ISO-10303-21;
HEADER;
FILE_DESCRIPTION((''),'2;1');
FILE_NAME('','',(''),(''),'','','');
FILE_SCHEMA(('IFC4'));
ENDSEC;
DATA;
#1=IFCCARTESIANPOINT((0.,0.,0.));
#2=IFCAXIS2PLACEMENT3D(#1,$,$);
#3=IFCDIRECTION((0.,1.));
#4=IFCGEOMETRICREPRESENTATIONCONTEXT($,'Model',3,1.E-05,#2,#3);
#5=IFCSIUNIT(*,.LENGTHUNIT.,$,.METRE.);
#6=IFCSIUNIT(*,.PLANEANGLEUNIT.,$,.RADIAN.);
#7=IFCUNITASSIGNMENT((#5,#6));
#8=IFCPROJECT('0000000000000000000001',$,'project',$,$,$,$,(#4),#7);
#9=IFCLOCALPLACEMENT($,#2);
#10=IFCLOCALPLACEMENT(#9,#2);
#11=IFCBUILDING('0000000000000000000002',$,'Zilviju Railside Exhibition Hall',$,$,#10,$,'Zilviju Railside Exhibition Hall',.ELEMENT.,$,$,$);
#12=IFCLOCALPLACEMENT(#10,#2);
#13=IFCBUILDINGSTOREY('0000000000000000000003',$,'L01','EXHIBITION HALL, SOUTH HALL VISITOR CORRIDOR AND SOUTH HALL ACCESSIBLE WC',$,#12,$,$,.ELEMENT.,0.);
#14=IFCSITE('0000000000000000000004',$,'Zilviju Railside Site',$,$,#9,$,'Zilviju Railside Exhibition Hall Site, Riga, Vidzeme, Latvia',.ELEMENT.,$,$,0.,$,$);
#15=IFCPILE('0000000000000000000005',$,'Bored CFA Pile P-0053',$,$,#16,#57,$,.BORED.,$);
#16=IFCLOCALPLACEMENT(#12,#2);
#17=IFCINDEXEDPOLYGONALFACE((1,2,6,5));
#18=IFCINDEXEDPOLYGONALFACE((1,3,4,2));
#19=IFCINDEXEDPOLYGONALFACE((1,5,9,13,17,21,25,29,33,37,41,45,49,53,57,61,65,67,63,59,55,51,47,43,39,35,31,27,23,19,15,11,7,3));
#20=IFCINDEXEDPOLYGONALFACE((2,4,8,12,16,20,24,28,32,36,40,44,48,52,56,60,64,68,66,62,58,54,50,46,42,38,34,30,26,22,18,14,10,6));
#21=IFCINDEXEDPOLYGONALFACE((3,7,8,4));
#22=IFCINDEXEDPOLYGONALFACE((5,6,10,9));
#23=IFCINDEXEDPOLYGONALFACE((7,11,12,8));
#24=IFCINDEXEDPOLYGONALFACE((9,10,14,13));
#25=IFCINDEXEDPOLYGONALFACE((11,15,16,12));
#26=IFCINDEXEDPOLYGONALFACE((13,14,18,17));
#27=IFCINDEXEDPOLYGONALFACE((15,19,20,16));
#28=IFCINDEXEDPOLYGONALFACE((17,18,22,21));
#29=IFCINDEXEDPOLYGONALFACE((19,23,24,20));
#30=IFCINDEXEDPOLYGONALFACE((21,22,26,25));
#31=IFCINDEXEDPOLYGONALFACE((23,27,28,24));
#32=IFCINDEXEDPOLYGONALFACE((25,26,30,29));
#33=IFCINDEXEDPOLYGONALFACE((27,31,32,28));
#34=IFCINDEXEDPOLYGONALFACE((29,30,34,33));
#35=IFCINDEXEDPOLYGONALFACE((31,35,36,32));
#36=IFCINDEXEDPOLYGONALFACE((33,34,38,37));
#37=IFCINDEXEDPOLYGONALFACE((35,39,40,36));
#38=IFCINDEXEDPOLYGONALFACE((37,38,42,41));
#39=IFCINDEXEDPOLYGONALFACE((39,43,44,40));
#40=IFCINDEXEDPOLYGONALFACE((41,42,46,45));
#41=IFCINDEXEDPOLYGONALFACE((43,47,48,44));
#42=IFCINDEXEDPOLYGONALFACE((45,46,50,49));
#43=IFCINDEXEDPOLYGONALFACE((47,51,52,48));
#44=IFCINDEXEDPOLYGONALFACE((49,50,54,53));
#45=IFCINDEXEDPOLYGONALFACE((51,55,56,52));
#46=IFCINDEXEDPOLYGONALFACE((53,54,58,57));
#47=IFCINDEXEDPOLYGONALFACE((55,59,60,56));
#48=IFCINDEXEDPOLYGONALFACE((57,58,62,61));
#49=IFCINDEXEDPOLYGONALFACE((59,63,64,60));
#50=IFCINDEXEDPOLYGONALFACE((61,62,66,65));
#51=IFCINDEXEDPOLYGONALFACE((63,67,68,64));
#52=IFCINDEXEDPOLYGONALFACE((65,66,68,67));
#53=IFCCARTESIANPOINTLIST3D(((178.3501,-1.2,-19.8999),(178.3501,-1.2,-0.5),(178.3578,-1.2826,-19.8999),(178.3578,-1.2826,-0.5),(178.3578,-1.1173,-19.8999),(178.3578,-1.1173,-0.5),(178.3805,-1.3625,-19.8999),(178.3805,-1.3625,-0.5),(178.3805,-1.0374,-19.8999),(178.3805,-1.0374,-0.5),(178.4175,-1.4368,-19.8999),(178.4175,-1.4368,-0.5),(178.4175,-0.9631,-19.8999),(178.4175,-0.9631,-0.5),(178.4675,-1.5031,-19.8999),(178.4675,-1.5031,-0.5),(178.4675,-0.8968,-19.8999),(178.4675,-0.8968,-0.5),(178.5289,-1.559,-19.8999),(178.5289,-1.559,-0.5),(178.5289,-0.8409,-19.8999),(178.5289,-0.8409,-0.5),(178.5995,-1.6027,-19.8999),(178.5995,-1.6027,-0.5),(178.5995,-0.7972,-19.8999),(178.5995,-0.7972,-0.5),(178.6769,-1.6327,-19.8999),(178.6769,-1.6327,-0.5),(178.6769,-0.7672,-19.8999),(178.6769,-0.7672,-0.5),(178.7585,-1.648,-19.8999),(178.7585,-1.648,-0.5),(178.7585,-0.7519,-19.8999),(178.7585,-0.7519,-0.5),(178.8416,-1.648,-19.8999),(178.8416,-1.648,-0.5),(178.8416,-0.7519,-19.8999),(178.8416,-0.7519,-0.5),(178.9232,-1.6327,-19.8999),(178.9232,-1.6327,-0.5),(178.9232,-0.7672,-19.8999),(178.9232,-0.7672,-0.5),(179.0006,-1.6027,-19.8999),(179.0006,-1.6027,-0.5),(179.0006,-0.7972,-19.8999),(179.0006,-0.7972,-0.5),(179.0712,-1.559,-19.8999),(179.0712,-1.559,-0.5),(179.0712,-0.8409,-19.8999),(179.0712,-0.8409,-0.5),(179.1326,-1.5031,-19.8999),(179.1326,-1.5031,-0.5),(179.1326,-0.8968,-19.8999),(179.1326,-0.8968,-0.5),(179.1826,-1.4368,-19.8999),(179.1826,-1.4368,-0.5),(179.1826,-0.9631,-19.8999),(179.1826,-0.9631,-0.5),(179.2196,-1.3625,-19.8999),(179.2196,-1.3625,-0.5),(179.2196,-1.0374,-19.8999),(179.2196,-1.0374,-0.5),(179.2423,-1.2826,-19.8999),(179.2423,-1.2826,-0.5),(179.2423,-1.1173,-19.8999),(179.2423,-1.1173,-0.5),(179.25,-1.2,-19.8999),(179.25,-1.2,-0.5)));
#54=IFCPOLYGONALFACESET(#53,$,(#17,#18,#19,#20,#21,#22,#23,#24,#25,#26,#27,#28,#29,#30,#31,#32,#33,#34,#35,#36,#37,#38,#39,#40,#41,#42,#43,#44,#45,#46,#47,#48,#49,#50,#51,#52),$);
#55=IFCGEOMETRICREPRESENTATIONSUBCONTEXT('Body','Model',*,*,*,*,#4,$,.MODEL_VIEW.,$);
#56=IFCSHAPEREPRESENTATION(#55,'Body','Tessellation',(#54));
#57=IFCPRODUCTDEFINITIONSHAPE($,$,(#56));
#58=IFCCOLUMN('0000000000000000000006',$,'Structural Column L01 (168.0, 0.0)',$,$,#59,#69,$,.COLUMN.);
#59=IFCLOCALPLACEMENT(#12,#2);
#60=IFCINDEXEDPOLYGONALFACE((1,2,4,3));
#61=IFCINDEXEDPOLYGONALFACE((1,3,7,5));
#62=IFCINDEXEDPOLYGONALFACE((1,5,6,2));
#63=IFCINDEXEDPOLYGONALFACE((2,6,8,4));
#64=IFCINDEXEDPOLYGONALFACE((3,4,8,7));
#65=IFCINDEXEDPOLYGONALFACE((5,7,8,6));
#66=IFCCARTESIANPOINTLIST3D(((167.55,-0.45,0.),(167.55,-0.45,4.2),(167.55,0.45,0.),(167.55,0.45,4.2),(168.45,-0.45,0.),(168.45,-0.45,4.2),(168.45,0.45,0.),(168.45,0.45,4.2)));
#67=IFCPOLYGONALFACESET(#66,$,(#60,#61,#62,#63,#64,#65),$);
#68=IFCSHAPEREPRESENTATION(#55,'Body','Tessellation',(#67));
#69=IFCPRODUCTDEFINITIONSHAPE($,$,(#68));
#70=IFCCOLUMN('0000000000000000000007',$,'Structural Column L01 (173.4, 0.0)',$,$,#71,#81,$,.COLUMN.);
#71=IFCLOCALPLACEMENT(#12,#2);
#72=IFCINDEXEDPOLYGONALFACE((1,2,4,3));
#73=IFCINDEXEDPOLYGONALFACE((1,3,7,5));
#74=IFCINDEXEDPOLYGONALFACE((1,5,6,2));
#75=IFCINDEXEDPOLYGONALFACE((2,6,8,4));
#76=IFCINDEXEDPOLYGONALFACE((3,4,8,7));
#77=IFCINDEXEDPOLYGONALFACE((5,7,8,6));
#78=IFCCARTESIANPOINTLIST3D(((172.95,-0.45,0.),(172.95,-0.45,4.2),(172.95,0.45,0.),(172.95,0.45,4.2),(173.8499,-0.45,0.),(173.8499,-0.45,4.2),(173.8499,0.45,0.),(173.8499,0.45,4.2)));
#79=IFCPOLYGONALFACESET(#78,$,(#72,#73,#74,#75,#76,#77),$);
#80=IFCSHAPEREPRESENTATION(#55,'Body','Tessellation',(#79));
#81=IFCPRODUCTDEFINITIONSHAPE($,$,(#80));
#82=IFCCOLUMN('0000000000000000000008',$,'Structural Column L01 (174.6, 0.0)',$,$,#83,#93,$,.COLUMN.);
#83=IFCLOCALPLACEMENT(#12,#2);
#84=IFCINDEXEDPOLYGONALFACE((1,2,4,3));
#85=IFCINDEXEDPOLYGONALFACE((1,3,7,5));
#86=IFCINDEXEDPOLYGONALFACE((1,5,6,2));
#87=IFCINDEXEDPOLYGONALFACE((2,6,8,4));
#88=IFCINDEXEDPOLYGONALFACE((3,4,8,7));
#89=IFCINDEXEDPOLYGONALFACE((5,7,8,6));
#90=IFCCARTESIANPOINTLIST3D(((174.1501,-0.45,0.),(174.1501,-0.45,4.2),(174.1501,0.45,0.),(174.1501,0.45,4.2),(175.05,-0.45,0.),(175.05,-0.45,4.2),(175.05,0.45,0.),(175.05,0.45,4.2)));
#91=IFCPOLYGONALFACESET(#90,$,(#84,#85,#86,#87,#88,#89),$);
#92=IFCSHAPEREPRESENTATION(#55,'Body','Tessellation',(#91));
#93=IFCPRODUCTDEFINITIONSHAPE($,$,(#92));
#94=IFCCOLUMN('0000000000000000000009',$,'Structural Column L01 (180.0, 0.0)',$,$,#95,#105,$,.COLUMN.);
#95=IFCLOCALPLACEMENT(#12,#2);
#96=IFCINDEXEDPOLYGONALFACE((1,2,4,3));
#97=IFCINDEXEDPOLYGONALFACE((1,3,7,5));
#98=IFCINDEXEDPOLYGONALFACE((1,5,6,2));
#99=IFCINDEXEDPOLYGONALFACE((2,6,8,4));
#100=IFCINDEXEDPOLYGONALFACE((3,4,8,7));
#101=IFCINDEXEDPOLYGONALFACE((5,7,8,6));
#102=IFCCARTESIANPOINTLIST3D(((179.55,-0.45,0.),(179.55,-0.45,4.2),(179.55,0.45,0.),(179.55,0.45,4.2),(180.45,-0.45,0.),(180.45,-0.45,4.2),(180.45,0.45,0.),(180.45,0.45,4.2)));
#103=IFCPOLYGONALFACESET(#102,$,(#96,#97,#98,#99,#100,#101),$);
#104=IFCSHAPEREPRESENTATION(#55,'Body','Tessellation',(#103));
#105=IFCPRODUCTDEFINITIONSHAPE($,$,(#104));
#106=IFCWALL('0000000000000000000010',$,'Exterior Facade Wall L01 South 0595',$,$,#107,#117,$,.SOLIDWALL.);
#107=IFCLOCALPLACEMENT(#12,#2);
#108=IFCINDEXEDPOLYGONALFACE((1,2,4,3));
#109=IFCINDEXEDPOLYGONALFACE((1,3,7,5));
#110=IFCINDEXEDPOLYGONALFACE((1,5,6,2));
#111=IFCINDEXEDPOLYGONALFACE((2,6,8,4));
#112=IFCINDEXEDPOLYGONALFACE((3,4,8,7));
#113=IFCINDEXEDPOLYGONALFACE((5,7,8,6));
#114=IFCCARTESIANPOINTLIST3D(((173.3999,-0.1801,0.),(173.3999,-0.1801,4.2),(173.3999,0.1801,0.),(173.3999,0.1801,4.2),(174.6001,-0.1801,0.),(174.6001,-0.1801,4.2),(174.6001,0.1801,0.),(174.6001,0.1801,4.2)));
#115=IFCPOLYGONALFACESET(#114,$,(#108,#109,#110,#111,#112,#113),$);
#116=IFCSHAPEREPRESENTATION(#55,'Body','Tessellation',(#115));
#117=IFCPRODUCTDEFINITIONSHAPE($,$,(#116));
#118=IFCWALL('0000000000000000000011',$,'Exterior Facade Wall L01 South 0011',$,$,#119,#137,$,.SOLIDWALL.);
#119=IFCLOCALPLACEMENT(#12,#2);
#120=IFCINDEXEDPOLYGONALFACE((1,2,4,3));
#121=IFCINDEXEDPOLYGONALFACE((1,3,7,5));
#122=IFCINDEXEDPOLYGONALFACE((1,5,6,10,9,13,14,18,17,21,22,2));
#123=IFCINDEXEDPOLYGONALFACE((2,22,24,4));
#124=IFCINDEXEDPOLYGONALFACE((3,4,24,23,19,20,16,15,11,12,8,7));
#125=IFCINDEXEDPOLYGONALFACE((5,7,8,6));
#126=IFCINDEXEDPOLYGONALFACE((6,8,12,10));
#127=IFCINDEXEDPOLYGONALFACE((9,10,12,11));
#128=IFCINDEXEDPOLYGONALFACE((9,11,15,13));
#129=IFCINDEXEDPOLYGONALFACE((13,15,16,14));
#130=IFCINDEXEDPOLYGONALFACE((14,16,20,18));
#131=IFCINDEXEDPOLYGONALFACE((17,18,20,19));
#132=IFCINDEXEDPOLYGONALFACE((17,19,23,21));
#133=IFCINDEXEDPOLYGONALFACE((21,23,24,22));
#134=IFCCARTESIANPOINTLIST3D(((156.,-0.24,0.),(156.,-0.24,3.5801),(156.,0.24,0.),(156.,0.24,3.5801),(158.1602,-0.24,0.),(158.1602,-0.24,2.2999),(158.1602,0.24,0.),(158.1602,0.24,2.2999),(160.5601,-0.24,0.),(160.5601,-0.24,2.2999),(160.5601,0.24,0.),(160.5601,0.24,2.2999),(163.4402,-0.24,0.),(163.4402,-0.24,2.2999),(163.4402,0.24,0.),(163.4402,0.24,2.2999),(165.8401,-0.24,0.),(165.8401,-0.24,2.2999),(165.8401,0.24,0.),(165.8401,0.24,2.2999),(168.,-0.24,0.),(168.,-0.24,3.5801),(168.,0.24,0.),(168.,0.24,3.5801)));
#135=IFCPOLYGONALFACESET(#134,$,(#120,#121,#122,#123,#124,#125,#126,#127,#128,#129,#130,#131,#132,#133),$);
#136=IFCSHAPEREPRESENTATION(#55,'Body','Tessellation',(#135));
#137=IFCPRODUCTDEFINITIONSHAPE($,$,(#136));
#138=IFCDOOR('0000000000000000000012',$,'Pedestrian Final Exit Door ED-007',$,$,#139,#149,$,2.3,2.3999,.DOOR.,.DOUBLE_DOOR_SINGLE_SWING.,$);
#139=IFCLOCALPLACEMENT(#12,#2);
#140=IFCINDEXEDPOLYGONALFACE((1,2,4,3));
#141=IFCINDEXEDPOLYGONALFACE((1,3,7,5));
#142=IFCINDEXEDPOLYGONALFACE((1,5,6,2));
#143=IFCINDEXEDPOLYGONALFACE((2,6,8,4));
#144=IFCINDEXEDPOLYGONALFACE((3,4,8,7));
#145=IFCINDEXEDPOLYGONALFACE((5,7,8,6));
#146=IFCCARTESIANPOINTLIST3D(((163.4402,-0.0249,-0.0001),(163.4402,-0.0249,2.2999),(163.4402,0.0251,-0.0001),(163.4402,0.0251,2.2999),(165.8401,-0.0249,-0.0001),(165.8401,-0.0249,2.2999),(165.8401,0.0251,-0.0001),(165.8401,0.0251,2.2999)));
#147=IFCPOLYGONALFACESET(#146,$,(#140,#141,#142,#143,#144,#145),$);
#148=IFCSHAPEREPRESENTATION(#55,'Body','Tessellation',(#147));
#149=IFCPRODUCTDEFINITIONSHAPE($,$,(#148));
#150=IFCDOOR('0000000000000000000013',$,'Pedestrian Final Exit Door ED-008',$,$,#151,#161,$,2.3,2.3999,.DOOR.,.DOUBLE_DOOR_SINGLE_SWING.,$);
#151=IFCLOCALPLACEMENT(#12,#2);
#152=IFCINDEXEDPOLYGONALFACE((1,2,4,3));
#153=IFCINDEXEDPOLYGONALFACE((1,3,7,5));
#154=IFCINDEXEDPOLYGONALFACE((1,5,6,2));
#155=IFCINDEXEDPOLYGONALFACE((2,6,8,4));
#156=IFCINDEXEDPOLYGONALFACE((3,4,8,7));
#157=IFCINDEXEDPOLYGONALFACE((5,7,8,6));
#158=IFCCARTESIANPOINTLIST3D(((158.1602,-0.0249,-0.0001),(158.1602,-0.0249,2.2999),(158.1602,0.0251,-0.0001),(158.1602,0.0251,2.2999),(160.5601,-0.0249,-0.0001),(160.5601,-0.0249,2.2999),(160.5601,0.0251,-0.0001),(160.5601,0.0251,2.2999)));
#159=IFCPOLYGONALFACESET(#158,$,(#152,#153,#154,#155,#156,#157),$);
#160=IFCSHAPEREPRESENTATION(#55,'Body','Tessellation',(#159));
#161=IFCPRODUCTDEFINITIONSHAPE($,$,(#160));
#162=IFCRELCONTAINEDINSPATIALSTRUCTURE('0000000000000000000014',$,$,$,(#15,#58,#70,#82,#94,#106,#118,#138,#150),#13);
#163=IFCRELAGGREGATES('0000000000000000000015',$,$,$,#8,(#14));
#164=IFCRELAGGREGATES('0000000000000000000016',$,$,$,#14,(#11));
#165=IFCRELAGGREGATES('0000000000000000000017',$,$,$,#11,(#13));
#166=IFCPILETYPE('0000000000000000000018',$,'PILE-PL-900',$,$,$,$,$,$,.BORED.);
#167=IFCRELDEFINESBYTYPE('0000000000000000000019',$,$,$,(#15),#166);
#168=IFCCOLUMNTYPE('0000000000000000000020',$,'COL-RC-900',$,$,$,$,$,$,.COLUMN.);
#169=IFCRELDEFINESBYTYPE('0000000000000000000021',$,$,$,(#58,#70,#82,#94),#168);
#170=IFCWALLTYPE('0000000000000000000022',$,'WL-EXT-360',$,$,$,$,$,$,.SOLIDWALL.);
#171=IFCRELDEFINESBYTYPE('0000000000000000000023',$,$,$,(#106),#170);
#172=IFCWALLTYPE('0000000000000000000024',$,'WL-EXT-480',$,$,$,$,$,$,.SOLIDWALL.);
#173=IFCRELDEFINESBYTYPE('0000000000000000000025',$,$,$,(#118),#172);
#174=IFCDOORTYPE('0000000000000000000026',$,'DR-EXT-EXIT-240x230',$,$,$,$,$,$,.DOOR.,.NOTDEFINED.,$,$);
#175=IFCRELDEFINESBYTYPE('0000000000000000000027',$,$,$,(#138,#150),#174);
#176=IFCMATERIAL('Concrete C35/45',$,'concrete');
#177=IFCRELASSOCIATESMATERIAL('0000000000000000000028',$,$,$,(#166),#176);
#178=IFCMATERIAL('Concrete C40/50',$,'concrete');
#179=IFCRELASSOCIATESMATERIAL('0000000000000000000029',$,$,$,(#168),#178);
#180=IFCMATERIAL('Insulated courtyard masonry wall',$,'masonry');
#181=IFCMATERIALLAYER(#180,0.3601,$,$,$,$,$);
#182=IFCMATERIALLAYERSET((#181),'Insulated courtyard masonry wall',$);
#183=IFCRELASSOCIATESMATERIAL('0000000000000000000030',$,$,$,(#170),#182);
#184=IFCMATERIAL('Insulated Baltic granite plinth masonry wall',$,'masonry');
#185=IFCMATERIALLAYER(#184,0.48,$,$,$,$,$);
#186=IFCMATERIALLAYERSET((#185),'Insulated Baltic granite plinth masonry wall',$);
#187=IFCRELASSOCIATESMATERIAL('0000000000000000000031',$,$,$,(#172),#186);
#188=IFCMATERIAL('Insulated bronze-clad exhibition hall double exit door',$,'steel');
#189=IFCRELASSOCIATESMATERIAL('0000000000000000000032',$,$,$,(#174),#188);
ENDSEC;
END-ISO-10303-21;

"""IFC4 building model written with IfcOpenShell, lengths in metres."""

from ifc_helpers import new_model, si_unit, direction, frame, frame_2d, origin, origin_2d, place, context, subcontext, project, spatial, rectangle, circle, extrude, material, layer, layer_set, material_profile, profile_set, type_object, element, fill, save


model = new_model("IFC4")

# Units and contexts
model_context = context("Model", 3, precision=1e-05, world=origin(), true_north=direction((0.0, 1.0)))
body_context = subcontext(model_context, "Body", "Model", "MODEL_VIEW")
ifc_project = project(units=[si_unit("LENGTHUNIT", "METRE"), si_unit("PLANEANGLEUNIT", "RADIAN")], contexts=[model_context])

# Site, building, storey
site_placement = place(None, origin())
site = spatial("IfcSite", under=ifc_project, at=site_placement, Name="Zilviju Railside Site", LongName="Zilviju Railside Exhibition Hall Site, Riga, Vidzeme, Latvia", CompositionType="ELEMENT", RefElevation=0.0)
building_placement = place(site_placement, origin())
building = spatial("IfcBuilding", under=site, at=building_placement, Name="Zilviju Railside Exhibition Hall", LongName="Zilviju Railside Exhibition Hall", CompositionType="ELEMENT")
storey_placement = place(building_placement, origin())
storey = spatial("IfcBuildingStorey", under=building, at=storey_placement, Name="L01", Description="EXHIBITION HALL, SOUTH HALL VISITOR CORRIDOR AND SOUTH HALL ACCESSIBLE WC", CompositionType="ELEMENT", Elevation=0.0)

# Shared definitions
ifc_material_1 = material(Name="Concrete C35/45", Category="concrete")

# Pile
ifc_material_profile_1 = material_profile(ifc_material_1, circle(Radius=0.45, at=origin_2d()), Name="CFA PILE D900")
ifc_profile_set_1 = profile_set([ifc_material_profile_1], Name="Concrete C35/45")
pile_type = type_object("IfcPileType", Name="PILE-PL-900", PredefinedType="BORED", material=ifc_profile_set_1)
for number, where, z_axis, x_axis, name in (
    (1, (178.8, -1.2, -0.5), (0.0, 0.0, -1.0), (1.0, 0.0, 0.0), "Bored CFA Pile P-0053"),
):
    element("IfcPile", number, at=place(storey_placement, frame(where, z_axis=z_axis, x_axis=x_axis)), inside=storey, type_object=pile_type, Name=name, PredefinedType="BORED", context=body_context, shape_type="SweptSolid", body=[
        extrude(circle(Radius=0.45, at=origin_2d()), origin(), (0.0, 0.0, 1.0), 19.3999),
    ])

# Columns
ifc_material_2 = material(Name="Concrete C40/50", Category="concrete")
ifc_material_profile_2 = material_profile(ifc_material_2, rectangle(XDim=0.8999, YDim=0.8999, at=origin_2d()), Name="RC COL 900x900")
ifc_profile_set_2 = profile_set([ifc_material_profile_2], Name="Concrete C40/50")
column_type = type_object("IfcColumnType", Name="COL-RC-900", PredefinedType="COLUMN", material=ifc_profile_set_2)
for number, where, z_axis, x_axis, name in (
    (2, (168.0, 0.0, 0.0), (0.0, 0.0, 1.0), (1.0, 0.0, 0.0), "Structural Column L01 (168.0, 0.0)"),
    (3, (173.3999, 0.0, 0.0), (0.0, 0.0, 1.0), (1.0, 0.0, 0.0), "Structural Column L01 (173.4, 0.0)"),
    (4, (174.6001, 0.0, 0.0), (0.0, 0.0, 1.0), (1.0, 0.0, 0.0), "Structural Column L01 (174.6, 0.0)"),
    (5, (180.0, 0.0, 0.0), (0.0, 0.0, 1.0), (1.0, 0.0, 0.0), "Structural Column L01 (180.0, 0.0)"),
):
    element("IfcColumn", number, at=place(storey_placement, frame(where, z_axis=z_axis, x_axis=x_axis)), inside=storey, type_object=column_type, Name=name, PredefinedType="COLUMN", context=body_context, shape_type="SweptSolid", body=[
        extrude(rectangle(XDim=0.8999, YDim=0.8999, at=origin_2d()), origin(), (0.0, 0.0, 1.0), 4.2),
    ])

# Wall
ifc_material_3 = material(Name="Insulated courtyard masonry wall", Category="masonry")
ifc_layer_1 = layer(ifc_material_3, 0.3601)
ifc_layer_set_1 = layer_set([ifc_layer_1], Name="Insulated courtyard masonry wall")
wall_type_1 = type_object("IfcWallType", Name="WL-EXT-360", PredefinedType="SOLIDWALL", material=ifc_layer_set_1)
wall_1_placement = place(storey_placement, frame((174.6001, 0.0, 0.0), z_axis=(0.0, 0.0, 1.0), x_axis=(-1.0, 0.0, 0.0)))
element("IfcWall", 6, at=wall_1_placement, inside=storey, type_object=wall_type_1, Name="Exterior Facade Wall L01 South 0595", PredefinedType="SOLIDWALL", context=body_context, shape_type="SweptSolid", body=[
    extrude(rectangle(XDim=1.2002, YDim=0.3601, at=frame_2d((0.6001, 0.0))), origin(), (0.0, 0.0, 1.0), 4.2),
])

# Wall, openings, doors
ifc_material_4 = material(Name="Insulated Baltic granite plinth masonry wall", Category="masonry")
ifc_layer_2 = layer(ifc_material_4, 0.48)
ifc_layer_set_2 = layer_set([ifc_layer_2], Name="Insulated Baltic granite plinth masonry wall")
wall_type_2 = type_object("IfcWallType", Name="WL-EXT-480", PredefinedType="SOLIDWALL", material=ifc_layer_set_2)
wall_2_placement = place(storey_placement, frame((168.0, 0.0, 0.0), z_axis=(0.0, 0.0, 1.0), x_axis=(-1.0, 0.0, 0.0)))
wall_2 = element("IfcWall", 7, at=wall_2_placement, inside=storey, type_object=wall_type_2, Name="Exterior Facade Wall L01 South 0011", PredefinedType="SOLIDWALL", context=body_context, shape_type="SweptSolid", body=[
    extrude(rectangle(XDim=12.0, YDim=0.48, at=frame_2d((6.0, 0.0))), origin(), (0.0, 0.0, 1.0), 3.5801),
])
opening_1_placement = place(wall_2_placement, frame((2.1599, 0.0, 0.0)))
opening_1 = element("IfcOpeningElement", 8, at=opening_1_placement, cuts=wall_2, PredefinedType="OPENING", context=body_context, shape_type="SweptSolid", body=[
    extrude(rectangle(XDim=2.3999, YDim=2.3, at=frame_2d((1.2, 1.1499))), frame((0.0, 0.25, 0.0), z_axis=(0.0, -1.0, 0.0), x_axis=(1.0, 0.0, 0.0)), (0.0, 0.0, 1.0), 0.5),
])
opening_2_placement = place(wall_2_placement, frame((7.4399, 0.0, 0.0)))
opening_2 = element("IfcOpeningElement", 9, at=opening_2_placement, cuts=wall_2, PredefinedType="OPENING", context=body_context, shape_type="SweptSolid", body=[
    extrude(rectangle(XDim=2.3999, YDim=2.3, at=frame_2d((1.2, 1.1499))), frame((0.0, 0.25, 0.0), z_axis=(0.0, -1.0, 0.0), x_axis=(1.0, 0.0, 0.0)), (0.0, 0.0, 1.0), 0.5),
])
ifc_material_5 = material(Name="Insulated bronze-clad exhibition hall double exit door", Category="steel")
door_type = type_object("IfcDoorType", Name="DR-EXT-EXIT-240x230", OperationType="NOTDEFINED", PredefinedType="DOOR", material=ifc_material_5)
door_1_placement = place(opening_1_placement, origin())
door_1 = element("IfcDoor", 10, at=door_1_placement, inside=storey, type_object=door_type, Name="Pedestrian Final Exit Door ED-007", OperationType="DOUBLE_DOOR_SINGLE_SWING", OverallHeight=2.3, OverallWidth=2.3999, PredefinedType="DOOR", context=body_context, shape_type="SweptSolid", body=[
    extrude(rectangle(XDim=2.3999, YDim=2.3, at=frame_2d((1.2, 1.1499))), frame((0.0, 0.0249, 0.0), z_axis=(0.0, -1.0, 0.0), x_axis=(1.0, 0.0, 0.0)), (0.0, 0.0, 1.0), 0.05),
])
fill(opening_1, door_1)
door_2_placement = place(opening_2_placement, origin())
door_2 = element("IfcDoor", 11, at=door_2_placement, inside=storey, type_object=door_type, Name="Pedestrian Final Exit Door ED-008", OperationType="DOUBLE_DOOR_SINGLE_SWING", OverallHeight=2.3, OverallWidth=2.3999, PredefinedType="DOOR", context=body_context, shape_type="SweptSolid", body=[
    extrude(rectangle(XDim=2.3999, YDim=2.3, at=frame_2d((1.2, 1.1499))), frame((0.0, 0.0249, 0.0), z_axis=(0.0, -1.0, 0.0), x_axis=(1.0, 0.0, 0.0)), (0.0, 0.0, 1.0), 0.05),
])
fill(opening_2, door_2)

save(model, "model.ifc")
